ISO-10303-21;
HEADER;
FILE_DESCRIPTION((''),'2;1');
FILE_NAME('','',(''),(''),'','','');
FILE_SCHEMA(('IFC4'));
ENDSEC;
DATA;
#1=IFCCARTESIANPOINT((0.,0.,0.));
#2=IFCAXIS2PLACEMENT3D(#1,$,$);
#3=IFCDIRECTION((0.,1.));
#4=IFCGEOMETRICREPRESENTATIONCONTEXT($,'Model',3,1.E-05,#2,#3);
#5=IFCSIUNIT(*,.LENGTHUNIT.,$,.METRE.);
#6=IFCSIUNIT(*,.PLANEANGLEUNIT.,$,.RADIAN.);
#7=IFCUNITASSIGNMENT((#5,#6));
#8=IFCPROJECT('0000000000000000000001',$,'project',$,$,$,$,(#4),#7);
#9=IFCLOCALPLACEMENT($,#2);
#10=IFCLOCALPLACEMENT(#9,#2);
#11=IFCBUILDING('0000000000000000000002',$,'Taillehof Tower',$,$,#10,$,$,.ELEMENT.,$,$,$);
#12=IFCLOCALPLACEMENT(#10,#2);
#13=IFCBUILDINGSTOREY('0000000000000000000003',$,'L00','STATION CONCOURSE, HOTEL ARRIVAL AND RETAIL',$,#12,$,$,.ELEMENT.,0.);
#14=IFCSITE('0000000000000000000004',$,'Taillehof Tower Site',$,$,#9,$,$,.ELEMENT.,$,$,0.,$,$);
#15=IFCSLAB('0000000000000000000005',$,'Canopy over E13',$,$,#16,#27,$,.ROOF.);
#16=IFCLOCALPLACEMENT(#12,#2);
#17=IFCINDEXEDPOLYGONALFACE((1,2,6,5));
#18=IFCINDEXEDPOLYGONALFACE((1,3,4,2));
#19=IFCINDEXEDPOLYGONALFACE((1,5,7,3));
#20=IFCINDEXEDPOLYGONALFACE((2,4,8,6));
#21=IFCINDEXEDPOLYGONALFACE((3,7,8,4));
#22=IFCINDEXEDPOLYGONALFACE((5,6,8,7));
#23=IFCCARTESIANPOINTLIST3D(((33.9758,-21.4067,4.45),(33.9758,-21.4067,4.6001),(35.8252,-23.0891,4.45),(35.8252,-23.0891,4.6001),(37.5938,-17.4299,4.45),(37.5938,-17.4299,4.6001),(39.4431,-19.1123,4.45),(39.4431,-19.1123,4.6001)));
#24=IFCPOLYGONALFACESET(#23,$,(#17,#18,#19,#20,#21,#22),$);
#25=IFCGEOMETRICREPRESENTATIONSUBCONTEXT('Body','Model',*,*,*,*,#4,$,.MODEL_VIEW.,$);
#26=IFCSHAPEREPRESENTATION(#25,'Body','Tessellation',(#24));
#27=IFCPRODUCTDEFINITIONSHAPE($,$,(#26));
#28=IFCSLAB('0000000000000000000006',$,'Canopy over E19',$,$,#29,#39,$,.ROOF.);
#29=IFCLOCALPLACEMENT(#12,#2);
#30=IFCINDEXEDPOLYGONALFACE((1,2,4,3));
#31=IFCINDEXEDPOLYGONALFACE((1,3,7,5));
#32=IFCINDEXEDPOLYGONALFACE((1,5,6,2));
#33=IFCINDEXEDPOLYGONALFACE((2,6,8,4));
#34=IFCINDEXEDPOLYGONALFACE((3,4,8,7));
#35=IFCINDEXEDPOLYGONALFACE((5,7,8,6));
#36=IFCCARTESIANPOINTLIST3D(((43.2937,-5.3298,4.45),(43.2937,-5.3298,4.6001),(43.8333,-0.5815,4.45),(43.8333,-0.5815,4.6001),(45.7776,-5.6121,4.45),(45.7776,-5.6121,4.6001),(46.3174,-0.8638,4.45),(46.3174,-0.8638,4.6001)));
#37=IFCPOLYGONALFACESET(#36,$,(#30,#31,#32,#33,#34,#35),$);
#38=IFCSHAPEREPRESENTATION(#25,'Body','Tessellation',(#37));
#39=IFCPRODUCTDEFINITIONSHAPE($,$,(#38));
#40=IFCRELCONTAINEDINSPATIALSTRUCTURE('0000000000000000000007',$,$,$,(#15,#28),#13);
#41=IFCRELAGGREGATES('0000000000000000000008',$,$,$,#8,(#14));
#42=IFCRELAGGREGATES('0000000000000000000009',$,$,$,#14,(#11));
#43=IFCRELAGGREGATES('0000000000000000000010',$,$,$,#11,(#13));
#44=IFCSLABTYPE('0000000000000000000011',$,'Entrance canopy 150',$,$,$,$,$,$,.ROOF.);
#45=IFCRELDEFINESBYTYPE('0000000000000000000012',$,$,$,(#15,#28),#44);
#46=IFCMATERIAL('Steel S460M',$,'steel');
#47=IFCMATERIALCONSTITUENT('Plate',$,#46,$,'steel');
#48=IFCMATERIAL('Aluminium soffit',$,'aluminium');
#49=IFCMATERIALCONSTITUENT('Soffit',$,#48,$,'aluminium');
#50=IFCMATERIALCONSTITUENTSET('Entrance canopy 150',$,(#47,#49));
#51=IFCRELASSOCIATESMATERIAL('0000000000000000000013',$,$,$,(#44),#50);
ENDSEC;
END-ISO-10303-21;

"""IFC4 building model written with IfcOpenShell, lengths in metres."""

from ifc_helpers import new_model, si_unit, direction, frame, origin, place, context, subcontext, project, spatial, polyline, outline, extrude, material, constituent, constituent_set, type_object, element, save


model = new_model("IFC4")

# Units and contexts
model_context = context("Model", 3, precision=1e-05, world=origin(), true_north=direction((0.0, 1.0)))
body_context = subcontext(model_context, "Body", "Model", "MODEL_VIEW")
ifc_project = project(units=[si_unit("LENGTHUNIT", "METRE"), si_unit("PLANEANGLEUNIT", "RADIAN")], contexts=[model_context])

# Site, building, storey
site_placement = place(None, origin())
site = spatial("IfcSite", under=ifc_project, at=site_placement, Name="Taillehof Tower Site", CompositionType="ELEMENT", RefElevation=0.0)
building_placement = place(site_placement, origin())
building = spatial("IfcBuilding", under=site, at=building_placement, Name="Taillehof Tower", CompositionType="ELEMENT")
storey_placement = place(building_placement, origin())
storey = spatial("IfcBuildingStorey", under=building, at=storey_placement, Name="L00", Description="STATION CONCOURSE, HOTEL ARRIVAL AND RETAIL", CompositionType="ELEMENT", Elevation=0.0)

# Slabs
ifc_material_1 = material(Name="Steel S460M", Category="steel")
ifc_constituent_1 = constituent(ifc_material_1, Name="Plate", Category="steel")
ifc_material_2 = material(Name="Aluminium soffit", Category="aluminium")
ifc_constituent_2 = constituent(ifc_material_2, Name="Soffit", Category="aluminium")
ifc_constituent_set_1 = constituent_set(constituents=[ifc_constituent_1, ifc_constituent_2], Name="Entrance canopy 150")
slab_type_1 = type_object("IfcSlabType", Name="Entrance canopy 150", PredefinedType="ROOF", material=ifc_constituent_set_1)
slab_1_placement = place(storey_placement, frame((0.0, 0.0, 4.45)))
element("IfcSlab", 1, at=slab_1_placement, inside=storey, type_object=slab_type_1, Name="Canopy over E13", PredefinedType="ROOF", context=body_context, shape_type="SweptSolid", body=[
    extrude(outline(polyline([(33.9758, -21.4067), (37.5938, -17.4299), (39.4431, -19.1123), (35.8252, -23.0891), (33.9758, -21.4067)])), origin(), (0.0, 0.0, 1.0), 0.1501),
])
slab_2_placement = place(storey_placement, frame((0.0, 0.0, 4.45)))
element("IfcSlab", 2, at=slab_2_placement, inside=storey, type_object=slab_type_1, Name="Canopy over E19", PredefinedType="ROOF", context=body_context, shape_type="SweptSolid", body=[
    extrude(outline(polyline([(43.2937, -5.3298), (43.8333, -0.5815), (46.3174, -0.8638), (45.7776, -5.6121), (43.2937, -5.3298)])), origin(), (0.0, 0.0, 1.0), 0.1501),
])

save(model, "model.ifc")
